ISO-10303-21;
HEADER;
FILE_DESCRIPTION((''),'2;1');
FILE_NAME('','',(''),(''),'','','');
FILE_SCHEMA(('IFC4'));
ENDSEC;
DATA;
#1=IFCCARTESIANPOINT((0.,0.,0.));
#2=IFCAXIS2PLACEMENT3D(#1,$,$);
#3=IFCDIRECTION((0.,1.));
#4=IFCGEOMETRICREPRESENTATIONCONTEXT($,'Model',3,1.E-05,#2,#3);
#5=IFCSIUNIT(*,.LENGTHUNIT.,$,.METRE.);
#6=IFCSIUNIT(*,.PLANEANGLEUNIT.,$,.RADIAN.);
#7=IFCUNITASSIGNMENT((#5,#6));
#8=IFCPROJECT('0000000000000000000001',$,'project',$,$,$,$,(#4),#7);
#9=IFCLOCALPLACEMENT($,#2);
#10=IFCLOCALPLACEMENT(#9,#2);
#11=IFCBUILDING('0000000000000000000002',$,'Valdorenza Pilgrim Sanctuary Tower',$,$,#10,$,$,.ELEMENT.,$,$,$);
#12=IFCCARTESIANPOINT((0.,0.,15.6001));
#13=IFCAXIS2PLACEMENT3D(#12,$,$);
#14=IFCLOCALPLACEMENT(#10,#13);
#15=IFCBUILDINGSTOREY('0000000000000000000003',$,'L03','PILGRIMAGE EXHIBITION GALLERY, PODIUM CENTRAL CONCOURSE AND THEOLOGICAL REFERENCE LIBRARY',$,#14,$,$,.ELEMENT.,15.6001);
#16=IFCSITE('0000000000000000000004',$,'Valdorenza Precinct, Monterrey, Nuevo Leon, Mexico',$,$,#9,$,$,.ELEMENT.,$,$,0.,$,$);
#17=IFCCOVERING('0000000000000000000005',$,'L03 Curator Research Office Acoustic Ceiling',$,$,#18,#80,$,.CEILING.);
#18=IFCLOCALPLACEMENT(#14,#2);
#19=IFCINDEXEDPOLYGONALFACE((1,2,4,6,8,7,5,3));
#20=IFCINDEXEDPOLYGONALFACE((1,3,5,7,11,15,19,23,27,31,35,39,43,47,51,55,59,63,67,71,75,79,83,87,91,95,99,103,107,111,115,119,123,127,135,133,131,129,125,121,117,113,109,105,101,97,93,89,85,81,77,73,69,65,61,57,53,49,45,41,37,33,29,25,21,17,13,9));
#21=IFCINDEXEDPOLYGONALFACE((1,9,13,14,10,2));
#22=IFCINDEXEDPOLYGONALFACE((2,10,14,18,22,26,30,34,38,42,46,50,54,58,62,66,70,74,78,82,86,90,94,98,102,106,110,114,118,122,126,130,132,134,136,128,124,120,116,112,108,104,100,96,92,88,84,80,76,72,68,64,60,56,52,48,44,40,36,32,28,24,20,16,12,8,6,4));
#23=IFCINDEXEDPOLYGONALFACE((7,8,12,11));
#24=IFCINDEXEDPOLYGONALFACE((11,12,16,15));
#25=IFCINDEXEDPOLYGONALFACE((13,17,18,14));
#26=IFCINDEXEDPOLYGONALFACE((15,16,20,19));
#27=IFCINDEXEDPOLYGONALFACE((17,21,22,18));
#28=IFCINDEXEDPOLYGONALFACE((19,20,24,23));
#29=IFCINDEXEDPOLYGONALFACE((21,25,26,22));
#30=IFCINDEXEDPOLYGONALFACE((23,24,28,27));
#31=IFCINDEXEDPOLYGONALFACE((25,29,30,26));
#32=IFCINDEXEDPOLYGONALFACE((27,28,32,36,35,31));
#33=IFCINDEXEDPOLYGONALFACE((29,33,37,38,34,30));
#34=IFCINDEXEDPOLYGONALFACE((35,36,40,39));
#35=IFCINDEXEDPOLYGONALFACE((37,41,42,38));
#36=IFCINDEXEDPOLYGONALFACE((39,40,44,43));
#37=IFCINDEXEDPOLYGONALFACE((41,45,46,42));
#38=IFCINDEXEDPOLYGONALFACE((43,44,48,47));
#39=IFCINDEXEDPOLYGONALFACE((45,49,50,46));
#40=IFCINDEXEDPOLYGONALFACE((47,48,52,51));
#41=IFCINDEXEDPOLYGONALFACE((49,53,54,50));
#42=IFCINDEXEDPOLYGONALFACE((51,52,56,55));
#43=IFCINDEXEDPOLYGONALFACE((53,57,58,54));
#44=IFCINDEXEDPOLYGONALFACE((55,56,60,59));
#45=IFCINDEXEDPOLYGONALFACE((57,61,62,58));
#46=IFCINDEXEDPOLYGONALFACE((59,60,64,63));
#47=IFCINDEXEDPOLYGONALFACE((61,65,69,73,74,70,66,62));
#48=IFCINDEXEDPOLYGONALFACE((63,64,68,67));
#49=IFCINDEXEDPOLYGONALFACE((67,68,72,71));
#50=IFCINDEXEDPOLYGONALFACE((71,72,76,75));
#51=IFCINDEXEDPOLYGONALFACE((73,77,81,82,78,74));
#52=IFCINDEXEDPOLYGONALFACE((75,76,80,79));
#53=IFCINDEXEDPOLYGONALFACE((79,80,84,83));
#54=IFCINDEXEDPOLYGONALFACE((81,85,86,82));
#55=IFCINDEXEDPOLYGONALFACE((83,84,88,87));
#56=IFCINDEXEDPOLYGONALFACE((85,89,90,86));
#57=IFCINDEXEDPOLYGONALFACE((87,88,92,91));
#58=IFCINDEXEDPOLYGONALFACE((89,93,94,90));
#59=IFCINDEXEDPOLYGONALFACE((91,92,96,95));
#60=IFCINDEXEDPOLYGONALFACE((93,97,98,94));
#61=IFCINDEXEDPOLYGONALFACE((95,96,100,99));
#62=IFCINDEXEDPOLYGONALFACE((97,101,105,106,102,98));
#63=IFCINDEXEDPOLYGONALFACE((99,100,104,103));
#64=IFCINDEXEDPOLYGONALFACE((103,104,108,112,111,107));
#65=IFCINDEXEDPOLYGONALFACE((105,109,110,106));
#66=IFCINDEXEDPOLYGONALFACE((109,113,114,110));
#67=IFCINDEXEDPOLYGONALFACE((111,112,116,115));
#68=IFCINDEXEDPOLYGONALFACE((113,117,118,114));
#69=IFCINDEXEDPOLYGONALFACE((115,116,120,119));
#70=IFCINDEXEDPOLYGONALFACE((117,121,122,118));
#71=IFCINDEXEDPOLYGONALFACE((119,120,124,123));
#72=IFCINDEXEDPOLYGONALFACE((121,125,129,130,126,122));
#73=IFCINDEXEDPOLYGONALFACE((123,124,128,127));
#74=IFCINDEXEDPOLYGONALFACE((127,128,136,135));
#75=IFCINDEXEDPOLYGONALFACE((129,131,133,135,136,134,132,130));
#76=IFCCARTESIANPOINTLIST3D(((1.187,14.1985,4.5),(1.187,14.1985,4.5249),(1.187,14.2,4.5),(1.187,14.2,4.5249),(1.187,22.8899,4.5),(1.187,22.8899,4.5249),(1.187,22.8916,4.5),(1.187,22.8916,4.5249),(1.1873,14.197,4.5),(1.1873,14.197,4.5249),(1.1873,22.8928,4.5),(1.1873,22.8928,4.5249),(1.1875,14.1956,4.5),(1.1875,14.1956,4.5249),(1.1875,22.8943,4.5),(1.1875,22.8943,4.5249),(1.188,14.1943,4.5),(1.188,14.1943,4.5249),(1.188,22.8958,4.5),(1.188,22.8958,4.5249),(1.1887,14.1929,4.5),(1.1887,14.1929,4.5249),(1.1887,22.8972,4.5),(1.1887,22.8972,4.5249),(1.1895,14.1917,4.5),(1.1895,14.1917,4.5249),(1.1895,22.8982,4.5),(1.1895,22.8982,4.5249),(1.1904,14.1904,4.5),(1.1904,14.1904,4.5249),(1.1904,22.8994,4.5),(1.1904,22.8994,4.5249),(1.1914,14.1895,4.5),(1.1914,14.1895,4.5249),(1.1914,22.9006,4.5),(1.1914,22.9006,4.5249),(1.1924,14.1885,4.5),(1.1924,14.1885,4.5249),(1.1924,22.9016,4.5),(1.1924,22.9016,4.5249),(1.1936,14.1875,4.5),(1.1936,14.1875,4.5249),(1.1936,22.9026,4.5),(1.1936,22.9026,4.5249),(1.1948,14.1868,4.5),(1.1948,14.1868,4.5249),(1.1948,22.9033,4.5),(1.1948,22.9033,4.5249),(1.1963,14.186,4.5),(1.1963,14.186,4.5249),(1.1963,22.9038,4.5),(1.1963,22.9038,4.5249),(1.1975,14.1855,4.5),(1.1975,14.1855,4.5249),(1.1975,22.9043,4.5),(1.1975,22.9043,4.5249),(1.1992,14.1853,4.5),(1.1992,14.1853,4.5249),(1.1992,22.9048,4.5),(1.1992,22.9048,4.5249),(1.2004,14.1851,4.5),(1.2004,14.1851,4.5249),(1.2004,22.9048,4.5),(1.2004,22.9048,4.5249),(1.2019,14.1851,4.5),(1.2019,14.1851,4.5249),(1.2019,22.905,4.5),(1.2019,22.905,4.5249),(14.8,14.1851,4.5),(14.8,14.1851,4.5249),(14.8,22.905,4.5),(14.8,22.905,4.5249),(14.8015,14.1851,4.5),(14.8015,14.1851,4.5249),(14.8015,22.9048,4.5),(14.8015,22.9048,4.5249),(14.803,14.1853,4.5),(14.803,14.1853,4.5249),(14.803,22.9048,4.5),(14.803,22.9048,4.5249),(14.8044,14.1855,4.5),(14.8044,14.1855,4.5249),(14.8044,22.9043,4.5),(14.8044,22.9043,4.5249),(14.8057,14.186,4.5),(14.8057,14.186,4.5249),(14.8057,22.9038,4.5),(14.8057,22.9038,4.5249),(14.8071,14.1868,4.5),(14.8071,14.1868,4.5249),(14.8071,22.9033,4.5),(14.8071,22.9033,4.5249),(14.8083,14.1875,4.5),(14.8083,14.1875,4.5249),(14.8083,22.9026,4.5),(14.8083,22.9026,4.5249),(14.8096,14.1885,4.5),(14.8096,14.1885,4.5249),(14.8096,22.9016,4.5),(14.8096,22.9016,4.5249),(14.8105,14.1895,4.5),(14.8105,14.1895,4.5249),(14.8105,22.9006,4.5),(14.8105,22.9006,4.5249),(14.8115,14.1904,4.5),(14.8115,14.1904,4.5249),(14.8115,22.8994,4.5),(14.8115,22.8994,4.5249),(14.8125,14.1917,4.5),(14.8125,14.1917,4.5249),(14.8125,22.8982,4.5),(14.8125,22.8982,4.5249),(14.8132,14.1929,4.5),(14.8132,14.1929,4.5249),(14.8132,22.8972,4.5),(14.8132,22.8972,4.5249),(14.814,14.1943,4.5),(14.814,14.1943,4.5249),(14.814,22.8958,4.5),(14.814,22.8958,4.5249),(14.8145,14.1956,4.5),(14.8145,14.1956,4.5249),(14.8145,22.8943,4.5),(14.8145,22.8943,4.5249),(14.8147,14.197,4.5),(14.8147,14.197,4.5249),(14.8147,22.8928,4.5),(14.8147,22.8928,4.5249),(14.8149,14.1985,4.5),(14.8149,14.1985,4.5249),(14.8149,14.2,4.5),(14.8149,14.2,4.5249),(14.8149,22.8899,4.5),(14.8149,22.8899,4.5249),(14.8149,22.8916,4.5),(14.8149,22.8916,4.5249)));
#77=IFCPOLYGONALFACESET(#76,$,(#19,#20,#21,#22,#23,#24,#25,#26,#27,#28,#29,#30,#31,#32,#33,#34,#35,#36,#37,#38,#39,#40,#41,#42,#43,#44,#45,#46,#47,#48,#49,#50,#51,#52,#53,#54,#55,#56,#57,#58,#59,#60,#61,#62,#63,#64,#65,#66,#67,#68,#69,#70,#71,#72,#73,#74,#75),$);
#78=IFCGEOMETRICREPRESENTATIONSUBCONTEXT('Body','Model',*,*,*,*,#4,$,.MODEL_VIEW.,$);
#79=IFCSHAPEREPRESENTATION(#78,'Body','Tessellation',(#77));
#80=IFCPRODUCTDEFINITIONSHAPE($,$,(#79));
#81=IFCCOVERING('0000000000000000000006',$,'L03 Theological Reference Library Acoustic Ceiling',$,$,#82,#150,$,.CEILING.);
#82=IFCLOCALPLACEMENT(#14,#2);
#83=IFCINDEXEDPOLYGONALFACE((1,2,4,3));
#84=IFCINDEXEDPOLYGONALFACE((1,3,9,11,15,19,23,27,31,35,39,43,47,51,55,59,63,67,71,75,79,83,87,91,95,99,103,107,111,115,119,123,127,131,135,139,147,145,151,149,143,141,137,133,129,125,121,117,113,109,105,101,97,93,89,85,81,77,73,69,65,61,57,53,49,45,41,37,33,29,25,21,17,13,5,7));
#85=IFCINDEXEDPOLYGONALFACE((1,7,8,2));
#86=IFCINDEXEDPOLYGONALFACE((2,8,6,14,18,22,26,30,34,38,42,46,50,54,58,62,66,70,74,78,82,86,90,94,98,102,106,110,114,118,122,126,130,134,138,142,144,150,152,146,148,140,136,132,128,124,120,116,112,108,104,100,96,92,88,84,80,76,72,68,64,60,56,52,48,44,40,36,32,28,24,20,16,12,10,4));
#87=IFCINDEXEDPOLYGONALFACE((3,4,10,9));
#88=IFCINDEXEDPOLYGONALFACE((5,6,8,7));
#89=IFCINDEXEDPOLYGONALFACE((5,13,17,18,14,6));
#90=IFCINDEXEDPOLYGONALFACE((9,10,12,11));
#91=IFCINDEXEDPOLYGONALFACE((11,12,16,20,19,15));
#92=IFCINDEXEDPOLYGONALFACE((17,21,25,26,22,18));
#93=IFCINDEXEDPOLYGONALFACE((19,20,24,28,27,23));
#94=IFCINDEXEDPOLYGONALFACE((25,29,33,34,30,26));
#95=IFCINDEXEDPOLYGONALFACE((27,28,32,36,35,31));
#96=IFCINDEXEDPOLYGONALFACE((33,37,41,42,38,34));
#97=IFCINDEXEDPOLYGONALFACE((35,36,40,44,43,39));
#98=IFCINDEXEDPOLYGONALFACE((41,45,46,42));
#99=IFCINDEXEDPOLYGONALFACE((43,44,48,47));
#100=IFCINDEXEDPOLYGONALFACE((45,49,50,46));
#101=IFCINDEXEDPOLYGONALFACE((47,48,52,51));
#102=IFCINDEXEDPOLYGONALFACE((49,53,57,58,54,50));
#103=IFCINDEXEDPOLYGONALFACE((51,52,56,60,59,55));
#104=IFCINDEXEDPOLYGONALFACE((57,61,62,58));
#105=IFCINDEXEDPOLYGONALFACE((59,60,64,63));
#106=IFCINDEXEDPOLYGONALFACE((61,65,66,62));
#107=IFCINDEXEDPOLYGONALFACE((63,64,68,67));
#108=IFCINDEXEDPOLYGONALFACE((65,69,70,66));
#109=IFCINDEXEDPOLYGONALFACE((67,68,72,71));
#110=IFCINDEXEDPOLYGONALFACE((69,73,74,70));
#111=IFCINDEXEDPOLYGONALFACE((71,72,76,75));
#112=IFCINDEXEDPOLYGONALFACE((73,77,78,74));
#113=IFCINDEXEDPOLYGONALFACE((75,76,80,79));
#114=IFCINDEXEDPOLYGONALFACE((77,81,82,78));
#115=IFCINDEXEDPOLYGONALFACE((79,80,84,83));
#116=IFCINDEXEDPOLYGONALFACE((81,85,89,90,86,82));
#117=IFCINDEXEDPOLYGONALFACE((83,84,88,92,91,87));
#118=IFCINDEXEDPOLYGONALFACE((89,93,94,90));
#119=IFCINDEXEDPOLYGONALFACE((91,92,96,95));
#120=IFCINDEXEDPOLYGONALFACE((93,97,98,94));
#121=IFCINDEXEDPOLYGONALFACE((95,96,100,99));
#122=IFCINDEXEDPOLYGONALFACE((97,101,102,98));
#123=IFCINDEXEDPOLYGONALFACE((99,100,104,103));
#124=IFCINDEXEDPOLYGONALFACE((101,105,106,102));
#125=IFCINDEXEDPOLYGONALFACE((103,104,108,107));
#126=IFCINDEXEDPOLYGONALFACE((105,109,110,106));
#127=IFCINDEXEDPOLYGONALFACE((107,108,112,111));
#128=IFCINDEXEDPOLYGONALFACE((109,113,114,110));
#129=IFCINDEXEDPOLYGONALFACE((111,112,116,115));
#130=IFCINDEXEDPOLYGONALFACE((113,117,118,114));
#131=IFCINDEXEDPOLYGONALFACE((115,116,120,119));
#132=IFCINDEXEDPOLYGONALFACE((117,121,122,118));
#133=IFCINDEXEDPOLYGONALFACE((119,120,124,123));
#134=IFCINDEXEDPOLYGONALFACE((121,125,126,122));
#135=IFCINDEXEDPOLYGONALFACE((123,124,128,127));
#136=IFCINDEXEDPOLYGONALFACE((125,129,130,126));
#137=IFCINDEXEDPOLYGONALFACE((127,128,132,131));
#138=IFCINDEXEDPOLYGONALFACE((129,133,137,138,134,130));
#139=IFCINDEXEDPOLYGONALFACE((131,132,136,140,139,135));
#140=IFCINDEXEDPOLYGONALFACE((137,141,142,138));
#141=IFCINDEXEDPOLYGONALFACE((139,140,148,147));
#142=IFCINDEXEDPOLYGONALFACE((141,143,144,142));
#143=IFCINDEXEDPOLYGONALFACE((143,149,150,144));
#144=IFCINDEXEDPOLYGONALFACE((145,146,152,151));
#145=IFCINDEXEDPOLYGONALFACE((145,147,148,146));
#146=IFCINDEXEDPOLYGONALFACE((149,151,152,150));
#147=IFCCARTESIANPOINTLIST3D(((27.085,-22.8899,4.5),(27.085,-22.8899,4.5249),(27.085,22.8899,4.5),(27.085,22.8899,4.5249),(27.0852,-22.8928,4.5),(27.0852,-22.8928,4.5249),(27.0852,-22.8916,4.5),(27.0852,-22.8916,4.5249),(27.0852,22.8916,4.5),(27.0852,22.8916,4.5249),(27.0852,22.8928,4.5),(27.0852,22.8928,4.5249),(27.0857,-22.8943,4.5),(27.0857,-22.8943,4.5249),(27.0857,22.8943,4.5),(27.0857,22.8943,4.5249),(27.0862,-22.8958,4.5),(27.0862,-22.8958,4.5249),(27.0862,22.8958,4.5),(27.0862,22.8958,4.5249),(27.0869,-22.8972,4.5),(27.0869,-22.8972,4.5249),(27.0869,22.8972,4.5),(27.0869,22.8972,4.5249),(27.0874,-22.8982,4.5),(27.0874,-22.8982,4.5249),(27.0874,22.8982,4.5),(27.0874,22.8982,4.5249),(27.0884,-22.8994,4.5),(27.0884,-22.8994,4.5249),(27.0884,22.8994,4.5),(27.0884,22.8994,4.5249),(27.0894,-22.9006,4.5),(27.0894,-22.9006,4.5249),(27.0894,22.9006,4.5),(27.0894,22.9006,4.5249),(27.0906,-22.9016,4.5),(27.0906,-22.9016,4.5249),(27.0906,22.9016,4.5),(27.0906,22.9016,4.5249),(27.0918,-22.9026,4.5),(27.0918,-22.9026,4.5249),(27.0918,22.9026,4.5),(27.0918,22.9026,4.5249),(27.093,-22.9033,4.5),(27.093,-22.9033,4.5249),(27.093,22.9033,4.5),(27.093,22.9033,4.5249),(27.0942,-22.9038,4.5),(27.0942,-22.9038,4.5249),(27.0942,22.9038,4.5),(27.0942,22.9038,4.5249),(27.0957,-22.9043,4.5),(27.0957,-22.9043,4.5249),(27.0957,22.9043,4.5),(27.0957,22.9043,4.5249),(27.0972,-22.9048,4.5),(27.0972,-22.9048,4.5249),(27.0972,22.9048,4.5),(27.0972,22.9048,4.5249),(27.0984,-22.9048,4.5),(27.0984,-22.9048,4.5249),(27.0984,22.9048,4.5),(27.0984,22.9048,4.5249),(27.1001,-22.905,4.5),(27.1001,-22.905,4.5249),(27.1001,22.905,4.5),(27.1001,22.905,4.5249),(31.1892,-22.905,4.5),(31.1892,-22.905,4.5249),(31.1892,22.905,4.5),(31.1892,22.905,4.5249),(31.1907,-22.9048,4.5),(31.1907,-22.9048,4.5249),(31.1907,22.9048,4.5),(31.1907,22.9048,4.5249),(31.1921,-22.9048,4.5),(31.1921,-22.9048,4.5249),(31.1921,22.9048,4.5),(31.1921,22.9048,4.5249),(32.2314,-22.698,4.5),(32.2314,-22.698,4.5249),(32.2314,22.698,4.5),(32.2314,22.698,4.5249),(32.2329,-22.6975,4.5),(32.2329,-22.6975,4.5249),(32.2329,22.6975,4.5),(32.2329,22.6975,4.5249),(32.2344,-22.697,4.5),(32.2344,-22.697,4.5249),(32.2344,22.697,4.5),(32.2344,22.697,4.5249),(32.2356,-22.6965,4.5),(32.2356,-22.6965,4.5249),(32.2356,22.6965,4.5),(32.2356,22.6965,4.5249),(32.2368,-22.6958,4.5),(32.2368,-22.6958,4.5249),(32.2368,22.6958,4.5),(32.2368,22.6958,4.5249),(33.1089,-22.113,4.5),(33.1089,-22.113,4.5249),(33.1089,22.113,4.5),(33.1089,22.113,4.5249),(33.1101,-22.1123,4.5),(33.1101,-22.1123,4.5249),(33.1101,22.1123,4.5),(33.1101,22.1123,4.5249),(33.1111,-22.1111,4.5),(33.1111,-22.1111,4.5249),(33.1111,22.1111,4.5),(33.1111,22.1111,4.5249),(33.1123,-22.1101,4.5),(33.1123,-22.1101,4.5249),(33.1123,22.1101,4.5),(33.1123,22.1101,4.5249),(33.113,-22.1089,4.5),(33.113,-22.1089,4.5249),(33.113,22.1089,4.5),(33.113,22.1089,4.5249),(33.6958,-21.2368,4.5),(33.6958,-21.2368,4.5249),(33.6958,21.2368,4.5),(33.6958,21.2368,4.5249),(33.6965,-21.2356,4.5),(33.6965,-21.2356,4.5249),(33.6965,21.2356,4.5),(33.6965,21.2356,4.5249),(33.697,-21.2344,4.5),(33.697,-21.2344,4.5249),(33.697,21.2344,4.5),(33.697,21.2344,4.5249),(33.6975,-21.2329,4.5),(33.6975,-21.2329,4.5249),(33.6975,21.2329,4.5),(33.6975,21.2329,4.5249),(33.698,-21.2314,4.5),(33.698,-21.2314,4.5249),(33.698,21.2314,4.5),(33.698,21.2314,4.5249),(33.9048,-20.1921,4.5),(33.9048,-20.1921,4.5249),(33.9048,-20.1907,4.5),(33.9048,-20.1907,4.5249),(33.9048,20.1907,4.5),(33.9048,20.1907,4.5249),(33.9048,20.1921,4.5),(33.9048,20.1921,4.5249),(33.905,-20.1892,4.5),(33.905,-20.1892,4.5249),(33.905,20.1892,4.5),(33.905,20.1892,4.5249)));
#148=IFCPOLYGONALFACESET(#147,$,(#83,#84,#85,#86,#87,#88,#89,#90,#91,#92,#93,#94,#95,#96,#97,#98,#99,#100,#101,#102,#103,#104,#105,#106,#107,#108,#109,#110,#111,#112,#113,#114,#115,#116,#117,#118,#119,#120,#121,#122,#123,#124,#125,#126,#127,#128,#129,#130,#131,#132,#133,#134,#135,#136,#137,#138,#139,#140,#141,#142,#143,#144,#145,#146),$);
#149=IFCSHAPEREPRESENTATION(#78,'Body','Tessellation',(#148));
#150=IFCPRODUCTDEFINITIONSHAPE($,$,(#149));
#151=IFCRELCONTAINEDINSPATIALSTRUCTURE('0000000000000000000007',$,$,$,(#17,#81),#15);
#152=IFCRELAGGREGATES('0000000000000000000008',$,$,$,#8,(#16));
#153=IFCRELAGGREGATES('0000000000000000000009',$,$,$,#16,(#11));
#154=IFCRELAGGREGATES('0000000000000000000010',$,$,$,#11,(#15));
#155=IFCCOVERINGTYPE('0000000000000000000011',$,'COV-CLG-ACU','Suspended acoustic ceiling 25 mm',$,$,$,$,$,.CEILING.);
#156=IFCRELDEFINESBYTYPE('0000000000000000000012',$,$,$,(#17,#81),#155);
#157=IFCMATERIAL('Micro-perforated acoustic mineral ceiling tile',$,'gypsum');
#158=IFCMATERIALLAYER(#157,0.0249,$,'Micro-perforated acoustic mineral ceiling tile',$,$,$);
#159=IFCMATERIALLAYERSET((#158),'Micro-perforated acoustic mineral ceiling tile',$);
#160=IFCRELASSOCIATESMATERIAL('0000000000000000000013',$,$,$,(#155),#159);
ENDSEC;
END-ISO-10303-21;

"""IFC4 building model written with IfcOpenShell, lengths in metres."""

from ifc_helpers import new_model, si_unit, direction, frame, origin, place, context, subcontext, project, spatial, polyline, outline, extrude, material, layer, layer_set, type_object, element, save


model = new_model("IFC4")

# Units and contexts
model_context = context("Model", 3, precision=1e-05, world=origin(), true_north=direction((0.0, 1.0)))
body_context = subcontext(model_context, "Body", "Model", "MODEL_VIEW")
ifc_project = project(units=[si_unit("LENGTHUNIT", "METRE"), si_unit("PLANEANGLEUNIT", "RADIAN")], contexts=[model_context])

# Site, building, storey
site_placement = place(None, origin())
site = spatial("IfcSite", under=ifc_project, at=site_placement, Name="Valdorenza Precinct, Monterrey, Nuevo Leon, Mexico", CompositionType="ELEMENT", RefElevation=0.0)
building_placement = place(site_placement, origin())
building = spatial("IfcBuilding", under=site, at=building_placement, Name="Valdorenza Pilgrim Sanctuary Tower", CompositionType="ELEMENT")
storey_placement = place(building_placement, frame((0.0, 0.0, 15.6001)))
storey = spatial("IfcBuildingStorey", under=building, at=storey_placement, Name="L03", Description="PILGRIMAGE EXHIBITION GALLERY, PODIUM CENTRAL CONCOURSE AND THEOLOGICAL REFERENCE LIBRARY", CompositionType="ELEMENT", Elevation=15.6001)

# Coverings
ifc_material_1 = material(Name="Micro-perforated acoustic mineral ceiling tile", Category="gypsum")
ifc_layer_1 = layer(ifc_material_1, 0.0249, Name="Micro-perforated acoustic mineral ceiling tile")
ifc_layer_set_1 = layer_set([ifc_layer_1], Name="Micro-perforated acoustic mineral ceiling tile")
covering_type_1 = type_object("IfcCoveringType", Name="COV-CLG-ACU", Description="Suspended acoustic ceiling 25 mm", PredefinedType="CEILING", material=ifc_layer_set_1)
covering_1_placement = place(storey_placement, frame((0.0, 0.0, 4.5)))
element("IfcCovering", 1, at=covering_1_placement, inside=storey, type_object=covering_type_1, Name="L03 Curator Research Office Acoustic Ceiling", PredefinedType="CEILING", context=body_context, shape_type="SweptSolid", body=[
    extrude(outline(polyline([(1.2019, 14.1851), (1.2004, 14.1851), (1.1992, 14.1853), (1.1975, 14.1855), (1.1963, 14.186), (1.1948, 14.1868), (1.1936, 14.1875), (1.1924, 14.1885), (1.1914, 14.1895), (1.1904, 14.1904), (1.1895, 14.1917), (1.1887, 14.1929), (1.188, 14.1943), (1.1875, 14.1956), (1.1873, 14.197), (1.187, 14.1985), (1.187, 14.2), (1.187, 22.8899), (1.187, 22.8916), (1.1873, 22.8928), (1.1875, 22.8943), (1.188, 22.8958), (1.1887, 22.8972), (1.1895, 22.8982), (1.1904, 22.8994), (1.1914, 22.9006), (1.1924, 22.9016), (1.1936, 22.9026), (1.1948, 22.9033), (1.1963, 22.9038), (1.1975, 22.9043), (1.1992, 22.9048), (1.2004, 22.9048), (1.2019, 22.905), (14.8, 22.905), (14.8015, 22.9048), (14.803, 22.9048), (14.8044, 22.9043), (14.8057, 22.9038), (14.8071, 22.9033), (14.8083, 22.9026), (14.8096, 22.9016), (14.8105, 22.9006), (14.8115, 22.8994), (14.8125, 22.8982), (14.8132, 22.8972), (14.814, 22.8958), (14.8145, 22.8943), (14.8147, 22.8928), (14.8149, 22.8916), (14.8149, 22.8899), (14.8149, 14.2), (14.8149, 14.1985), (14.8147, 14.197), (14.8145, 14.1956), (14.814, 14.1943), (14.8132, 14.1929), (14.8125, 14.1917), (14.8115, 14.1904), (14.8105, 14.1895), (14.8096, 14.1885), (14.8083, 14.1875), (14.8071, 14.1868), (14.8057, 14.186), (14.8044, 14.1855), (14.803, 14.1853), (14.8015, 14.1851), (14.8, 14.1851), (1.2019, 14.1851)])), origin(), (0.0, 0.0, 1.0), 0.0249),
])
covering_2_placement = place(storey_placement, frame((0.0, 0.0, 4.5)))
element("IfcCovering", 2, at=covering_2_placement, inside=storey, type_object=covering_type_1, Name="L03 Theological Reference Library Acoustic Ceiling", PredefinedType="CEILING", context=body_context, shape_type="SweptSolid", body=[
    extrude(outline(polyline([(31.1892, 22.905), (31.1907, 22.9048), (31.1921, 22.9048), (32.2314, 22.698), (32.2329, 22.6975), (32.2344, 22.697), (32.2356, 22.6965), (32.2368, 22.6958), (33.1089, 22.113), (33.1101, 22.1123), (33.1111, 22.1111), (33.1123, 22.1101), (33.113, 22.1089), (33.6958, 21.2368), (33.6965, 21.2356), (33.697, 21.2344), (33.6975, 21.2329), (33.698, 21.2314), (33.9048, 20.1921), (33.9048, 20.1907), (33.905, 20.1892), (33.905, -20.1892), (33.9048, -20.1907), (33.9048, -20.1921), (33.698, -21.2314), (33.6975, -21.2329), (33.697, -21.2344), (33.6965, -21.2356), (33.6958, -21.2368), (33.113, -22.1089), (33.1123, -22.1101), (33.1111, -22.1111), (33.1101, -22.1123), (33.1089, -22.113), (32.2368, -22.6958), (32.2356, -22.6965), (32.2344, -22.697), (32.2329, -22.6975), (32.2314, -22.698), (31.1921, -22.9048), (31.1907, -22.9048), (31.1892, -22.905), (27.1001, -22.905), (27.0984, -22.9048), (27.0972, -22.9048), (27.0957, -22.9043), (27.0942, -22.9038), (27.093, -22.9033), (27.0918, -22.9026), (27.0906, -22.9016), (27.0894, -22.9006), (27.0884, -22.8994), (27.0874, -22.8982), (27.0869, -22.8972), (27.0862, -22.8958), (27.0857, -22.8943), (27.0852, -22.8928), (27.0852, -22.8916), (27.085, -22.8899), (27.085, 22.8899), (27.0852, 22.8916), (27.0852, 22.8928), (27.0857, 22.8943), (27.0862, 22.8958), (27.0869, 22.8972), (27.0874, 22.8982), (27.0884, 22.8994), (27.0894, 22.9006), (27.0906, 22.9016), (27.0918, 22.9026), (27.093, 22.9033), (27.0942, 22.9038), (27.0957, 22.9043), (27.0972, 22.9048), (27.0984, 22.9048), (27.1001, 22.905), (31.1892, 22.905)])), origin(), (0.0, 0.0, 1.0), 0.0249),
])

save(model, "model.ifc")
